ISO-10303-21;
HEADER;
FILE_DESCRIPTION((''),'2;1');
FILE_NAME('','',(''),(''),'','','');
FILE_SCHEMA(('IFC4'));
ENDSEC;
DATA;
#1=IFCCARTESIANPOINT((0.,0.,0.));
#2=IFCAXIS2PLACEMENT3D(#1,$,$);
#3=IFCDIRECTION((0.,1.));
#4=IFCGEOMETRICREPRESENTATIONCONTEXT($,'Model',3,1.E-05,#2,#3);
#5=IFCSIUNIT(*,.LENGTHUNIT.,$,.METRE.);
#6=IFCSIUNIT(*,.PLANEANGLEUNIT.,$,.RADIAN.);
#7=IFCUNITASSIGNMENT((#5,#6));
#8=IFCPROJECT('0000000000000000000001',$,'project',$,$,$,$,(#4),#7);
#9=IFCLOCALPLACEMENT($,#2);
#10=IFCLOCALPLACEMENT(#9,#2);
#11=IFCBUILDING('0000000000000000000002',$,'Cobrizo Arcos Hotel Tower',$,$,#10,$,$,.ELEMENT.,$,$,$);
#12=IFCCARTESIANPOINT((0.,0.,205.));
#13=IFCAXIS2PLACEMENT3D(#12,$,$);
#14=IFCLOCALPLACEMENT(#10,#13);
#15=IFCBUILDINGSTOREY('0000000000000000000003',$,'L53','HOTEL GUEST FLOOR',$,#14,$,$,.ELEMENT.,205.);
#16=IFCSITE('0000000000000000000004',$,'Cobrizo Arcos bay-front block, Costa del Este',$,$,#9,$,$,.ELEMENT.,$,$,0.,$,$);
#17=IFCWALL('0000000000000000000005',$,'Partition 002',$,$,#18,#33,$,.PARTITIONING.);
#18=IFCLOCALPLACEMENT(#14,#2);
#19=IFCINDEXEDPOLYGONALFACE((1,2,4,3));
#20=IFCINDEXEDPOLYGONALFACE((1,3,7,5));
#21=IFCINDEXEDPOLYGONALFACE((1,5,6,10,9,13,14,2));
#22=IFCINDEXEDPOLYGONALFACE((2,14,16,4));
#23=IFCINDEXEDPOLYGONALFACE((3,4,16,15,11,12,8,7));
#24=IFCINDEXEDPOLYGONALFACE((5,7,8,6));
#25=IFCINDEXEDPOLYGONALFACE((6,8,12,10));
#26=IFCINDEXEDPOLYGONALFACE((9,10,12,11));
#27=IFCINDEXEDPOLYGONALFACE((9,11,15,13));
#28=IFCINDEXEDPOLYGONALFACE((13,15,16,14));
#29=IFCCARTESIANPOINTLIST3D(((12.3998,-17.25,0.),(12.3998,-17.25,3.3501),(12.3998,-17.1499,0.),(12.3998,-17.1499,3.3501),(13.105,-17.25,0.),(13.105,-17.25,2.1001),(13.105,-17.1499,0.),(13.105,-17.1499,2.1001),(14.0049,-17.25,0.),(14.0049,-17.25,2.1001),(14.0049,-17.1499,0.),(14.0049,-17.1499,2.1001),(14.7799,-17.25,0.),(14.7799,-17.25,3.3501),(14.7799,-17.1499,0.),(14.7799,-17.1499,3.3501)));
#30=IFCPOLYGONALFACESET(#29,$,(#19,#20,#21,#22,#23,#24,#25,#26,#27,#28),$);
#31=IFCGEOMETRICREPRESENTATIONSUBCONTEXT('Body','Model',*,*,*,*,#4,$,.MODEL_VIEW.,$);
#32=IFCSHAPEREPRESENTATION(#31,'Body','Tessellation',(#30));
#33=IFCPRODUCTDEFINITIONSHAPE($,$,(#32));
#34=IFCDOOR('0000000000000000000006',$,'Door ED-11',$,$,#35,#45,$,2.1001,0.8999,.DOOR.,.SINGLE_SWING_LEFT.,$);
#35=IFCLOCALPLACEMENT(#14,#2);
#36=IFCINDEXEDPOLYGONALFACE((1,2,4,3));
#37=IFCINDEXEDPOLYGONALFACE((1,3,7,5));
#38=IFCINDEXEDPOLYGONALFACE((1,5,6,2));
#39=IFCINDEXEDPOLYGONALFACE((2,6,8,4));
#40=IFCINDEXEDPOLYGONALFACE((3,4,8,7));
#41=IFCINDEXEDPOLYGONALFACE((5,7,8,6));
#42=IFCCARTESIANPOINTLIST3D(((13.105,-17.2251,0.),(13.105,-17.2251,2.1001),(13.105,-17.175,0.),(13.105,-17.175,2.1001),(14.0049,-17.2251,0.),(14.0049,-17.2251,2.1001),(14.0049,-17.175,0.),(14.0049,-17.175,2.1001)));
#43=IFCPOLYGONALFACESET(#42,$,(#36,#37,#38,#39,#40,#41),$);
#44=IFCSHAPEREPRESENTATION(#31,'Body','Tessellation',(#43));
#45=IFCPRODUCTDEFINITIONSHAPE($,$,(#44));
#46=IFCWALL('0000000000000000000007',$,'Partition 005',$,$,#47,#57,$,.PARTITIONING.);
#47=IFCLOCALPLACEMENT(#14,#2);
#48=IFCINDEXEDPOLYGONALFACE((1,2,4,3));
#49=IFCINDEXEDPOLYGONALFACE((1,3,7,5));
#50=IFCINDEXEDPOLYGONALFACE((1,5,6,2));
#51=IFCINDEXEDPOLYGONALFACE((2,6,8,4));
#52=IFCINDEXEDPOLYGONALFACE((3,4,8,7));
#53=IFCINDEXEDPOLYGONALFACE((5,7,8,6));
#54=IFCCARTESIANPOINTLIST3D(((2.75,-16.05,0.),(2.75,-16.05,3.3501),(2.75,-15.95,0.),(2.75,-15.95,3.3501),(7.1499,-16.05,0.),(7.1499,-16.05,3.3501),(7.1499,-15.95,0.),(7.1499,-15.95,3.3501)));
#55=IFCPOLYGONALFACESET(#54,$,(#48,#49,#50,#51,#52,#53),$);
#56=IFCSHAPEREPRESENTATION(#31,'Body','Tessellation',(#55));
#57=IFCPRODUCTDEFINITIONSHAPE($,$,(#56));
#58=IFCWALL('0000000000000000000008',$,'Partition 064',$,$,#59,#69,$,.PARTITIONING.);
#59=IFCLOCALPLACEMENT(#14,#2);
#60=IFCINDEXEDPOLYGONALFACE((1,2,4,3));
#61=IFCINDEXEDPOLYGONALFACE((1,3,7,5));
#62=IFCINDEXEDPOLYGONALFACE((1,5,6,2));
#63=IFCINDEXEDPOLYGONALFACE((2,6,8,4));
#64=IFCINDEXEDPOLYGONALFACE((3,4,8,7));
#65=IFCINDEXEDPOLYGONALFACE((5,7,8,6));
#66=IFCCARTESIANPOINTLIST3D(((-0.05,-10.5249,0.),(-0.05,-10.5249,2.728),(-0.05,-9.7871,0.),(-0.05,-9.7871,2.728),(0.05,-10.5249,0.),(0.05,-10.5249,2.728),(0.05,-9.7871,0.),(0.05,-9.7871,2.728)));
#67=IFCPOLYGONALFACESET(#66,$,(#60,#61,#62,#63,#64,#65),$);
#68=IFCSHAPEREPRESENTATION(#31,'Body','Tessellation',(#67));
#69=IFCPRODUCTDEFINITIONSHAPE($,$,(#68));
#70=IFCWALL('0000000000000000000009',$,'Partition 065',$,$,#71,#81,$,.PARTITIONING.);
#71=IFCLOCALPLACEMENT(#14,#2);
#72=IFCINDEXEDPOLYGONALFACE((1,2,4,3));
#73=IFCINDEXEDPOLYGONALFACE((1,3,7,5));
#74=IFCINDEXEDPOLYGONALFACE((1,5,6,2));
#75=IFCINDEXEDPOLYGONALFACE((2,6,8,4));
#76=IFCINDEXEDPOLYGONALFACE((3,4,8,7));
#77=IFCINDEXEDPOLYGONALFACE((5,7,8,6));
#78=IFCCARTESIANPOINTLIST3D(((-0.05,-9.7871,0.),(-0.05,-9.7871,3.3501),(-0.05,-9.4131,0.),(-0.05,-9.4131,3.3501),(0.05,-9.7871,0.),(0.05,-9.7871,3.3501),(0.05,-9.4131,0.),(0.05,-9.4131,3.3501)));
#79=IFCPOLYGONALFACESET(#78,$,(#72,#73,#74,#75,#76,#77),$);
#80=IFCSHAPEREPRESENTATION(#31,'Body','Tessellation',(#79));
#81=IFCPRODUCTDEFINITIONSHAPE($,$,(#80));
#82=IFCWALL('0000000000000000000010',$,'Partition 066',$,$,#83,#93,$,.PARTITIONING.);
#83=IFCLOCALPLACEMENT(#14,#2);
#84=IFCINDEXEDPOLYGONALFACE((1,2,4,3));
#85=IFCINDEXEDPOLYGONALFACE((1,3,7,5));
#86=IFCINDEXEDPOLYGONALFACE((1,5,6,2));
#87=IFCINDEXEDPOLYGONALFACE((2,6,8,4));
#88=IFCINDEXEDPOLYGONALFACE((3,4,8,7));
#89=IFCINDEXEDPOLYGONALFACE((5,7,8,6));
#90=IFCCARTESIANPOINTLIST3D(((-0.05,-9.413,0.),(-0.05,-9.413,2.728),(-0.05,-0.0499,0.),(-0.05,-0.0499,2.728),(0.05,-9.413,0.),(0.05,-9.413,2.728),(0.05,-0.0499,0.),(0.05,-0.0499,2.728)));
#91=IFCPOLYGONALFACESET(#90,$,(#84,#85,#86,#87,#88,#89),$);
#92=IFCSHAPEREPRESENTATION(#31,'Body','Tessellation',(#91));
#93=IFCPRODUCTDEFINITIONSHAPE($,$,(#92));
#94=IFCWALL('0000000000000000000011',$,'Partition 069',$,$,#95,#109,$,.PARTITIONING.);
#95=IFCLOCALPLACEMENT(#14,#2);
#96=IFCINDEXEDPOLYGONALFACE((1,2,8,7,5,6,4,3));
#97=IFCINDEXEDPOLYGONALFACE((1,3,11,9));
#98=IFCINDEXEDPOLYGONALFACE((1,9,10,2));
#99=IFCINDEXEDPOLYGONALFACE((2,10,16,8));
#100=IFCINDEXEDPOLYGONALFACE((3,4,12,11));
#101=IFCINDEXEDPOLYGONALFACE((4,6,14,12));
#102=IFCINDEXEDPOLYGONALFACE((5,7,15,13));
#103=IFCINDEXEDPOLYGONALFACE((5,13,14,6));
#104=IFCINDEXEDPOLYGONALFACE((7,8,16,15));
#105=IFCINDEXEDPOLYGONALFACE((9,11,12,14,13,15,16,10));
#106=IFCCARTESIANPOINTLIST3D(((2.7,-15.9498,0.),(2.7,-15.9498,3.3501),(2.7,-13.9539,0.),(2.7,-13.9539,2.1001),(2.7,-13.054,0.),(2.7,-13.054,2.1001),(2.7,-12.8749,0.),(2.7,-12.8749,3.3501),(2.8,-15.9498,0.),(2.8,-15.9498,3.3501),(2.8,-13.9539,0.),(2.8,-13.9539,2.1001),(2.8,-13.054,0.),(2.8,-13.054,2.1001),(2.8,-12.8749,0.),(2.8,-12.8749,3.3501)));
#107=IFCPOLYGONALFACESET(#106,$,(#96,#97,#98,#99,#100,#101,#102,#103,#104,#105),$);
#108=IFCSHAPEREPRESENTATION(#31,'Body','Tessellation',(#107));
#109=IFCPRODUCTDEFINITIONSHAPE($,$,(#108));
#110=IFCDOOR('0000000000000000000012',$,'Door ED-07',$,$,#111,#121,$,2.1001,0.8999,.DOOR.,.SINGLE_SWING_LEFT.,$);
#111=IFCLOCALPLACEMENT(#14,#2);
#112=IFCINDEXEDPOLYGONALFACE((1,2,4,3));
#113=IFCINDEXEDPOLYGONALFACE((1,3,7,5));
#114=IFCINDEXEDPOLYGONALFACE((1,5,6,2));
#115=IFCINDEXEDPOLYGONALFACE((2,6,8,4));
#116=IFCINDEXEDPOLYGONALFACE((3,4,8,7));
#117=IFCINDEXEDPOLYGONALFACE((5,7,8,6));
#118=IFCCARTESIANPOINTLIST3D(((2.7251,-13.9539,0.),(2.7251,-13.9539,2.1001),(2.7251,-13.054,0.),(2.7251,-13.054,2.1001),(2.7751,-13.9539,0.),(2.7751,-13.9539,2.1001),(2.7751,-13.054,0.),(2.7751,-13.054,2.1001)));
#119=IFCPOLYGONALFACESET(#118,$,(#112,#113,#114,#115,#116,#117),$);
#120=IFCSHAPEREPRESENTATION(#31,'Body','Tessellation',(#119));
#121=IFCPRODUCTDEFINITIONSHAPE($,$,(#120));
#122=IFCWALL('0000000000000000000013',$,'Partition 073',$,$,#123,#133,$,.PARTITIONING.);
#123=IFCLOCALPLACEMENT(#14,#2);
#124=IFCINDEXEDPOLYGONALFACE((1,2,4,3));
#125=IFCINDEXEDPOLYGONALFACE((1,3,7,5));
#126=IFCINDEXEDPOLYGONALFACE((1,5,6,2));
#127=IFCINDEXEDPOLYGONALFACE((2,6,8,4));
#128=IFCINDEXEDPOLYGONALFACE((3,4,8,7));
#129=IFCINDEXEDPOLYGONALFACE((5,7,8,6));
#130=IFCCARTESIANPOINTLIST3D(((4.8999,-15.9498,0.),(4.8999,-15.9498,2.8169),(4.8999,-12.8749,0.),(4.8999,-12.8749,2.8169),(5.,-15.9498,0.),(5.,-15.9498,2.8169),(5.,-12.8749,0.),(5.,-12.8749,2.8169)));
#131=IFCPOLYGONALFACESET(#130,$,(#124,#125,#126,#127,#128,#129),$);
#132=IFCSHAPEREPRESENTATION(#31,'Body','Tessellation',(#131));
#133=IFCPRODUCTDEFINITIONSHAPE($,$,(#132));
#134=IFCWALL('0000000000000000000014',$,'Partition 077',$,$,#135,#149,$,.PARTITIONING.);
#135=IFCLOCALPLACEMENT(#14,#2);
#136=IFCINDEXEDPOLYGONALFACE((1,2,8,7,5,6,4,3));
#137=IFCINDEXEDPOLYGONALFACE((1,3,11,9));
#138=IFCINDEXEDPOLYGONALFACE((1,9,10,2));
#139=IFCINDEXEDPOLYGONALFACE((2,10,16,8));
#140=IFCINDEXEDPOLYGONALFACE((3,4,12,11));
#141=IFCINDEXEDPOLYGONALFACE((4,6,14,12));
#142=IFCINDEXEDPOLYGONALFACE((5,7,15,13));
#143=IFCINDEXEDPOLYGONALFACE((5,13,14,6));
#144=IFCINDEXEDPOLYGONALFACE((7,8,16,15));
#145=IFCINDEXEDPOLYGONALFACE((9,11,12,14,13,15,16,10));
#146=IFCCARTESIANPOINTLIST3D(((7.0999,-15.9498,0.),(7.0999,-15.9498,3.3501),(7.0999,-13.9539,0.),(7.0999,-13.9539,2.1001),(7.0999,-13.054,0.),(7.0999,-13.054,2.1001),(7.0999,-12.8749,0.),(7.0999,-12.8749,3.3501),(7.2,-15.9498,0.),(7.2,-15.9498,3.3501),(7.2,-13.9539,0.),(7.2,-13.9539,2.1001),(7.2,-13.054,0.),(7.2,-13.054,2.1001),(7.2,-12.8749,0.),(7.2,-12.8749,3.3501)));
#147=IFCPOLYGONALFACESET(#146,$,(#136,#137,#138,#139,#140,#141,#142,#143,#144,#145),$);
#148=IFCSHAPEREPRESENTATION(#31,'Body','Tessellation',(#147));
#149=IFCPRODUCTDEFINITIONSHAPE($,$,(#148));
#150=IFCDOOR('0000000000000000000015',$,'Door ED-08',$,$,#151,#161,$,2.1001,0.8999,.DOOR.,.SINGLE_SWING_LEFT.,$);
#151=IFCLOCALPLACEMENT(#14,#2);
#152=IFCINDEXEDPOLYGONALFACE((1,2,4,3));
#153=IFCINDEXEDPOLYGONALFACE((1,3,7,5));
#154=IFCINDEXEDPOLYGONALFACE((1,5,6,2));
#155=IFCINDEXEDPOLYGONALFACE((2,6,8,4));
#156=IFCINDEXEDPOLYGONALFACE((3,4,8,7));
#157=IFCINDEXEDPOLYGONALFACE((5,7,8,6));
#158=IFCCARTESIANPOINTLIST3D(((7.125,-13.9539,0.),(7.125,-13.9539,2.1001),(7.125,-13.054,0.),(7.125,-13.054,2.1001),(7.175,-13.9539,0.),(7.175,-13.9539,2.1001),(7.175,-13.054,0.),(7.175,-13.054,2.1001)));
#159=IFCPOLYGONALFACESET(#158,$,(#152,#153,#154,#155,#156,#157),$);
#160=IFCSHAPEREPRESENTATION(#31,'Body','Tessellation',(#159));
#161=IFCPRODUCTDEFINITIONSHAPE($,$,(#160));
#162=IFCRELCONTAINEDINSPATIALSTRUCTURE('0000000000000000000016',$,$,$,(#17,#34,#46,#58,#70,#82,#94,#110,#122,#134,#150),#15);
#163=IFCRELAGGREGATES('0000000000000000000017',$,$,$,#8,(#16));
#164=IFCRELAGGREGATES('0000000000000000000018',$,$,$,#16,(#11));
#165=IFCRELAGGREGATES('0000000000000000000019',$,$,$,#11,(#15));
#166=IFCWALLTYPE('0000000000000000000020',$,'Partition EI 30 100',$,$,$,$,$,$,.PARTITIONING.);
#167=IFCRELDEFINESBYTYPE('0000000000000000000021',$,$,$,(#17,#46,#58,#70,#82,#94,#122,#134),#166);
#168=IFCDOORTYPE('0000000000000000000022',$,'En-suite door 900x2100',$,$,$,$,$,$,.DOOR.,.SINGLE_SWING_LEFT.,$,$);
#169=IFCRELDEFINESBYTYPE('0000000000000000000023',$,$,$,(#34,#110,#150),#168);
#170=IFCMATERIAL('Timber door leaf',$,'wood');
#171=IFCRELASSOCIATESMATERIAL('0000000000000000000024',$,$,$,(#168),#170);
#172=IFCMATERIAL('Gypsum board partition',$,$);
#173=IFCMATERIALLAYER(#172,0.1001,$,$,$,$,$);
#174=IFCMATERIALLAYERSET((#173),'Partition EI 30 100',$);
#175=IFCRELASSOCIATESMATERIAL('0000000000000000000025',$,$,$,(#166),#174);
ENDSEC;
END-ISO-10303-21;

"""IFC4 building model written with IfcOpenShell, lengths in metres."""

from ifc_helpers import new_model, si_unit, direction, frame, frame_2d, origin, place, context, subcontext, project, spatial, rectangle, extrude, material, layer, layer_set, type_object, element, fill, save


model = new_model("IFC4")

# Units and contexts
model_context = context("Model", 3, precision=1e-05, world=origin(), true_north=direction((0.0, 1.0)))
body_context = subcontext(model_context, "Body", "Model", "MODEL_VIEW")
ifc_project = project(units=[si_unit("LENGTHUNIT", "METRE"), si_unit("PLANEANGLEUNIT", "RADIAN")], contexts=[model_context])

# Site, building, storey
site_placement = place(None, origin())
site = spatial("IfcSite", under=ifc_project, at=site_placement, Name="Cobrizo Arcos bay-front block, Costa del Este", CompositionType="ELEMENT", RefElevation=0.0)
building_placement = place(site_placement, origin())
building = spatial("IfcBuilding", under=site, at=building_placement, Name="Cobrizo Arcos Hotel Tower", CompositionType="ELEMENT")
storey_placement = place(building_placement, frame((0.0, 0.0, 205.0)))
storey = spatial("IfcBuildingStorey", under=building, at=storey_placement, Name="L53", Description="HOTEL GUEST FLOOR", CompositionType="ELEMENT", Elevation=205.0)

# Shared definitions
ifc_material_1 = material(Name="Gypsum board partition")

# Shared definitions
ifc_material_2 = material(Name="Timber door leaf", Category="wood")
door_type_1 = type_object("IfcDoorType", Name="En-suite door 900x2100", OperationType="SINGLE_SWING_LEFT", PredefinedType="DOOR", material=ifc_material_2)

# Wall, opening, door
ifc_layer_1 = layer(ifc_material_1, 0.1001)
ifc_layer_set_1 = layer_set([ifc_layer_1], Name="Partition EI 30 100")
wall_type_1 = type_object("IfcWallType", Name="Partition EI 30 100", PredefinedType="PARTITIONING", material=ifc_layer_set_1)
wall_1_placement = place(storey_placement, frame((12.3999, -17.2, 0.0), z_axis=(0.0, 0.0, 1.0), x_axis=(1.0, 0.0, 0.0)))
wall_1 = element("IfcWall", 1, at=wall_1_placement, inside=storey, type_object=wall_type_1, Name="Partition 002", PredefinedType="PARTITIONING", context=body_context, shape_type="SweptSolid", body=[
    extrude(rectangle(XDim=2.3801, YDim=0.1001, at=frame_2d((1.1899, 0.0))), origin(), (0.0, 0.0, 1.0), 3.3501),
])
opening_1_placement = place(wall_1_placement, frame((0.7051, 0.0, 0.0)))
opening_1 = element("IfcOpeningElement", 2, at=opening_1_placement, cuts=wall_1, PredefinedType="OPENING", context=body_context, shape_type="SweptSolid", body=[
    extrude(rectangle(XDim=0.8999, YDim=2.1001, at=frame_2d((0.45, 1.05))), frame((0.0, 0.062, 0.0), z_axis=(0.0, -1.0, 0.0), x_axis=(1.0, 0.0, 0.0)), (0.0, 0.0, 1.0), 0.124),
])
door_1_placement = place(opening_1_placement, origin())
door_1 = element("IfcDoor", 3, at=door_1_placement, inside=storey, type_object=door_type_1, Name="Door ED-11", OperationType="SINGLE_SWING_LEFT", OverallHeight=2.1001, OverallWidth=0.8999, PredefinedType="DOOR", context=body_context, shape_type="SweptSolid", body=[
    extrude(rectangle(XDim=0.8999, YDim=2.1001, at=frame_2d((0.45, 1.05))), frame((0.0, 0.0249, 0.0), z_axis=(0.0, -1.0, 0.0), x_axis=(1.0, 0.0, 0.0)), (0.0, 0.0, 1.0), 0.05),
])
fill(opening_1, door_1)

# Walls
wall_2_placement = place(storey_placement, frame((2.75, -16.0, 0.0), z_axis=(0.0, 0.0, 1.0), x_axis=(1.0, 0.0, 0.0)))
element("IfcWall", 4, at=wall_2_placement, inside=storey, type_object=wall_type_1, Name="Partition 005", PredefinedType="PARTITIONING", context=body_context, shape_type="SweptSolid", body=[
    extrude(rectangle(XDim=4.3999, YDim=0.1001, at=frame_2d((2.2, 0.0))), origin(), (0.0, 0.0, 1.0), 3.3501),
])
wall_3_placement = place(storey_placement, frame((0.0, -10.5249, 0.0), z_axis=(0.0, 0.0, 1.0), x_axis=(0.0, 1.0, 0.0)))
element("IfcWall", 5, at=wall_3_placement, inside=storey, type_object=wall_type_1, Name="Partition 064", PredefinedType="PARTITIONING", context=body_context, shape_type="SweptSolid", body=[
    extrude(rectangle(XDim=0.7378, YDim=0.1001, at=frame_2d((0.3689, 0.0))), origin(), (0.0, 0.0, 1.0), 2.728),
])
wall_4_placement = place(storey_placement, frame((0.0, -9.7871, 0.0), z_axis=(0.0, 0.0, 1.0), x_axis=(0.0, 1.0, 0.0)))
element("IfcWall", 6, at=wall_4_placement, inside=storey, type_object=wall_type_1, Name="Partition 065", PredefinedType="PARTITIONING", context=body_context, shape_type="SweptSolid", body=[
    extrude(rectangle(XDim=0.374, YDim=0.1001, at=frame_2d((0.187, 0.0))), origin(), (0.0, 0.0, 1.0), 3.3501),
])
wall_5_placement = place(storey_placement, frame((0.0, -9.4131, 0.0), z_axis=(0.0, 0.0, 1.0), x_axis=(0.0, 1.0, 0.0)))
element("IfcWall", 7, at=wall_5_placement, inside=storey, type_object=wall_type_1, Name="Partition 066", PredefinedType="PARTITIONING", context=body_context, shape_type="SweptSolid", body=[
    extrude(rectangle(XDim=9.363, YDim=0.1001, at=frame_2d((4.6816, 0.0))), origin(), (0.0, 0.0, 1.0), 2.728),
])

# Wall, opening, door
wall_6_placement = place(storey_placement, frame((2.75, -15.95, 0.0), z_axis=(0.0, 0.0, 1.0), x_axis=(0.0, 1.0, 0.0)))
wall_6 = element("IfcWall", 8, at=wall_6_placement, inside=storey, type_object=wall_type_1, Name="Partition 069", PredefinedType="PARTITIONING", context=body_context, shape_type="SweptSolid", body=[
    extrude(rectangle(XDim=3.075, YDim=0.1001, at=frame_2d((1.5376, 0.0))), origin(), (0.0, 0.0, 1.0), 3.3501),
])
opening_2_placement = place(wall_6_placement, frame((1.9961, 0.0, 0.0)))
opening_2 = element("IfcOpeningElement", 9, at=opening_2_placement, cuts=wall_6, PredefinedType="OPENING", context=body_context, shape_type="SweptSolid", body=[
    extrude(rectangle(XDim=0.8999, YDim=2.1001, at=frame_2d((0.45, 1.05))), frame((0.0, 0.062, 0.0), z_axis=(0.0, -1.0, 0.0), x_axis=(1.0, 0.0, 0.0)), (0.0, 0.0, 1.0), 0.124),
])
door_2_placement = place(opening_2_placement, origin())
door_2 = element("IfcDoor", 10, at=door_2_placement, inside=storey, type_object=door_type_1, Name="Door ED-07", OperationType="SINGLE_SWING_LEFT", OverallHeight=2.1001, OverallWidth=0.8999, PredefinedType="DOOR", context=body_context, shape_type="SweptSolid", body=[
    extrude(rectangle(XDim=0.8999, YDim=2.1001, at=frame_2d((0.45, 1.05))), frame((0.0, 0.0249, 0.0), z_axis=(0.0, -1.0, 0.0), x_axis=(1.0, 0.0, 0.0)), (0.0, 0.0, 1.0), 0.05),
])
fill(opening_2, door_2)

# Wall
wall_7_placement = place(storey_placement, frame((4.95, -15.95, 0.0), z_axis=(0.0, 0.0, 1.0), x_axis=(0.0, 1.0, 0.0)))
element("IfcWall", 11, at=wall_7_placement, inside=storey, type_object=wall_type_1, Name="Partition 073", PredefinedType="PARTITIONING", context=body_context, shape_type="SweptSolid", body=[
    extrude(rectangle(XDim=3.075, YDim=0.1001, at=frame_2d((1.5376, 0.0))), origin(), (0.0, 0.0, 1.0), 2.8169),
])

# Wall, opening, door
wall_8_placement = place(storey_placement, frame((7.1499, -15.95, 0.0), z_axis=(0.0, 0.0, 1.0), x_axis=(0.0, 1.0, 0.0)))
wall_8 = element("IfcWall", 12, at=wall_8_placement, inside=storey, type_object=wall_type_1, Name="Partition 077", PredefinedType="PARTITIONING", context=body_context, shape_type="SweptSolid", body=[
    extrude(rectangle(XDim=3.075, YDim=0.1001, at=frame_2d((1.5376, 0.0))), origin(), (0.0, 0.0, 1.0), 3.3501),
])
opening_3_placement = place(wall_8_placement, frame((1.9961, 0.0, 0.0)))
opening_3 = element("IfcOpeningElement", 13, at=opening_3_placement, cuts=wall_8, PredefinedType="OPENING", context=body_context, shape_type="SweptSolid", body=[
    extrude(rectangle(XDim=0.8999, YDim=2.1001, at=frame_2d((0.45, 1.05))), frame((0.0, 0.062, 0.0), z_axis=(0.0, -1.0, 0.0), x_axis=(1.0, 0.0, 0.0)), (0.0, 0.0, 1.0), 0.124),
])
door_3_placement = place(opening_3_placement, origin())
door_3 = element("IfcDoor", 14, at=door_3_placement, inside=storey, type_object=door_type_1, Name="Door ED-08", OperationType="SINGLE_SWING_LEFT", OverallHeight=2.1001, OverallWidth=0.8999, PredefinedType="DOOR", context=body_context, shape_type="SweptSolid", body=[
    extrude(rectangle(XDim=0.8999, YDim=2.1001, at=frame_2d((0.45, 1.05))), frame((0.0, 0.0249, 0.0), z_axis=(0.0, -1.0, 0.0), x_axis=(1.0, 0.0, 0.0)), (0.0, 0.0, 1.0), 0.05),
])
fill(opening_3, door_3)

save(model, "model.ifc")
